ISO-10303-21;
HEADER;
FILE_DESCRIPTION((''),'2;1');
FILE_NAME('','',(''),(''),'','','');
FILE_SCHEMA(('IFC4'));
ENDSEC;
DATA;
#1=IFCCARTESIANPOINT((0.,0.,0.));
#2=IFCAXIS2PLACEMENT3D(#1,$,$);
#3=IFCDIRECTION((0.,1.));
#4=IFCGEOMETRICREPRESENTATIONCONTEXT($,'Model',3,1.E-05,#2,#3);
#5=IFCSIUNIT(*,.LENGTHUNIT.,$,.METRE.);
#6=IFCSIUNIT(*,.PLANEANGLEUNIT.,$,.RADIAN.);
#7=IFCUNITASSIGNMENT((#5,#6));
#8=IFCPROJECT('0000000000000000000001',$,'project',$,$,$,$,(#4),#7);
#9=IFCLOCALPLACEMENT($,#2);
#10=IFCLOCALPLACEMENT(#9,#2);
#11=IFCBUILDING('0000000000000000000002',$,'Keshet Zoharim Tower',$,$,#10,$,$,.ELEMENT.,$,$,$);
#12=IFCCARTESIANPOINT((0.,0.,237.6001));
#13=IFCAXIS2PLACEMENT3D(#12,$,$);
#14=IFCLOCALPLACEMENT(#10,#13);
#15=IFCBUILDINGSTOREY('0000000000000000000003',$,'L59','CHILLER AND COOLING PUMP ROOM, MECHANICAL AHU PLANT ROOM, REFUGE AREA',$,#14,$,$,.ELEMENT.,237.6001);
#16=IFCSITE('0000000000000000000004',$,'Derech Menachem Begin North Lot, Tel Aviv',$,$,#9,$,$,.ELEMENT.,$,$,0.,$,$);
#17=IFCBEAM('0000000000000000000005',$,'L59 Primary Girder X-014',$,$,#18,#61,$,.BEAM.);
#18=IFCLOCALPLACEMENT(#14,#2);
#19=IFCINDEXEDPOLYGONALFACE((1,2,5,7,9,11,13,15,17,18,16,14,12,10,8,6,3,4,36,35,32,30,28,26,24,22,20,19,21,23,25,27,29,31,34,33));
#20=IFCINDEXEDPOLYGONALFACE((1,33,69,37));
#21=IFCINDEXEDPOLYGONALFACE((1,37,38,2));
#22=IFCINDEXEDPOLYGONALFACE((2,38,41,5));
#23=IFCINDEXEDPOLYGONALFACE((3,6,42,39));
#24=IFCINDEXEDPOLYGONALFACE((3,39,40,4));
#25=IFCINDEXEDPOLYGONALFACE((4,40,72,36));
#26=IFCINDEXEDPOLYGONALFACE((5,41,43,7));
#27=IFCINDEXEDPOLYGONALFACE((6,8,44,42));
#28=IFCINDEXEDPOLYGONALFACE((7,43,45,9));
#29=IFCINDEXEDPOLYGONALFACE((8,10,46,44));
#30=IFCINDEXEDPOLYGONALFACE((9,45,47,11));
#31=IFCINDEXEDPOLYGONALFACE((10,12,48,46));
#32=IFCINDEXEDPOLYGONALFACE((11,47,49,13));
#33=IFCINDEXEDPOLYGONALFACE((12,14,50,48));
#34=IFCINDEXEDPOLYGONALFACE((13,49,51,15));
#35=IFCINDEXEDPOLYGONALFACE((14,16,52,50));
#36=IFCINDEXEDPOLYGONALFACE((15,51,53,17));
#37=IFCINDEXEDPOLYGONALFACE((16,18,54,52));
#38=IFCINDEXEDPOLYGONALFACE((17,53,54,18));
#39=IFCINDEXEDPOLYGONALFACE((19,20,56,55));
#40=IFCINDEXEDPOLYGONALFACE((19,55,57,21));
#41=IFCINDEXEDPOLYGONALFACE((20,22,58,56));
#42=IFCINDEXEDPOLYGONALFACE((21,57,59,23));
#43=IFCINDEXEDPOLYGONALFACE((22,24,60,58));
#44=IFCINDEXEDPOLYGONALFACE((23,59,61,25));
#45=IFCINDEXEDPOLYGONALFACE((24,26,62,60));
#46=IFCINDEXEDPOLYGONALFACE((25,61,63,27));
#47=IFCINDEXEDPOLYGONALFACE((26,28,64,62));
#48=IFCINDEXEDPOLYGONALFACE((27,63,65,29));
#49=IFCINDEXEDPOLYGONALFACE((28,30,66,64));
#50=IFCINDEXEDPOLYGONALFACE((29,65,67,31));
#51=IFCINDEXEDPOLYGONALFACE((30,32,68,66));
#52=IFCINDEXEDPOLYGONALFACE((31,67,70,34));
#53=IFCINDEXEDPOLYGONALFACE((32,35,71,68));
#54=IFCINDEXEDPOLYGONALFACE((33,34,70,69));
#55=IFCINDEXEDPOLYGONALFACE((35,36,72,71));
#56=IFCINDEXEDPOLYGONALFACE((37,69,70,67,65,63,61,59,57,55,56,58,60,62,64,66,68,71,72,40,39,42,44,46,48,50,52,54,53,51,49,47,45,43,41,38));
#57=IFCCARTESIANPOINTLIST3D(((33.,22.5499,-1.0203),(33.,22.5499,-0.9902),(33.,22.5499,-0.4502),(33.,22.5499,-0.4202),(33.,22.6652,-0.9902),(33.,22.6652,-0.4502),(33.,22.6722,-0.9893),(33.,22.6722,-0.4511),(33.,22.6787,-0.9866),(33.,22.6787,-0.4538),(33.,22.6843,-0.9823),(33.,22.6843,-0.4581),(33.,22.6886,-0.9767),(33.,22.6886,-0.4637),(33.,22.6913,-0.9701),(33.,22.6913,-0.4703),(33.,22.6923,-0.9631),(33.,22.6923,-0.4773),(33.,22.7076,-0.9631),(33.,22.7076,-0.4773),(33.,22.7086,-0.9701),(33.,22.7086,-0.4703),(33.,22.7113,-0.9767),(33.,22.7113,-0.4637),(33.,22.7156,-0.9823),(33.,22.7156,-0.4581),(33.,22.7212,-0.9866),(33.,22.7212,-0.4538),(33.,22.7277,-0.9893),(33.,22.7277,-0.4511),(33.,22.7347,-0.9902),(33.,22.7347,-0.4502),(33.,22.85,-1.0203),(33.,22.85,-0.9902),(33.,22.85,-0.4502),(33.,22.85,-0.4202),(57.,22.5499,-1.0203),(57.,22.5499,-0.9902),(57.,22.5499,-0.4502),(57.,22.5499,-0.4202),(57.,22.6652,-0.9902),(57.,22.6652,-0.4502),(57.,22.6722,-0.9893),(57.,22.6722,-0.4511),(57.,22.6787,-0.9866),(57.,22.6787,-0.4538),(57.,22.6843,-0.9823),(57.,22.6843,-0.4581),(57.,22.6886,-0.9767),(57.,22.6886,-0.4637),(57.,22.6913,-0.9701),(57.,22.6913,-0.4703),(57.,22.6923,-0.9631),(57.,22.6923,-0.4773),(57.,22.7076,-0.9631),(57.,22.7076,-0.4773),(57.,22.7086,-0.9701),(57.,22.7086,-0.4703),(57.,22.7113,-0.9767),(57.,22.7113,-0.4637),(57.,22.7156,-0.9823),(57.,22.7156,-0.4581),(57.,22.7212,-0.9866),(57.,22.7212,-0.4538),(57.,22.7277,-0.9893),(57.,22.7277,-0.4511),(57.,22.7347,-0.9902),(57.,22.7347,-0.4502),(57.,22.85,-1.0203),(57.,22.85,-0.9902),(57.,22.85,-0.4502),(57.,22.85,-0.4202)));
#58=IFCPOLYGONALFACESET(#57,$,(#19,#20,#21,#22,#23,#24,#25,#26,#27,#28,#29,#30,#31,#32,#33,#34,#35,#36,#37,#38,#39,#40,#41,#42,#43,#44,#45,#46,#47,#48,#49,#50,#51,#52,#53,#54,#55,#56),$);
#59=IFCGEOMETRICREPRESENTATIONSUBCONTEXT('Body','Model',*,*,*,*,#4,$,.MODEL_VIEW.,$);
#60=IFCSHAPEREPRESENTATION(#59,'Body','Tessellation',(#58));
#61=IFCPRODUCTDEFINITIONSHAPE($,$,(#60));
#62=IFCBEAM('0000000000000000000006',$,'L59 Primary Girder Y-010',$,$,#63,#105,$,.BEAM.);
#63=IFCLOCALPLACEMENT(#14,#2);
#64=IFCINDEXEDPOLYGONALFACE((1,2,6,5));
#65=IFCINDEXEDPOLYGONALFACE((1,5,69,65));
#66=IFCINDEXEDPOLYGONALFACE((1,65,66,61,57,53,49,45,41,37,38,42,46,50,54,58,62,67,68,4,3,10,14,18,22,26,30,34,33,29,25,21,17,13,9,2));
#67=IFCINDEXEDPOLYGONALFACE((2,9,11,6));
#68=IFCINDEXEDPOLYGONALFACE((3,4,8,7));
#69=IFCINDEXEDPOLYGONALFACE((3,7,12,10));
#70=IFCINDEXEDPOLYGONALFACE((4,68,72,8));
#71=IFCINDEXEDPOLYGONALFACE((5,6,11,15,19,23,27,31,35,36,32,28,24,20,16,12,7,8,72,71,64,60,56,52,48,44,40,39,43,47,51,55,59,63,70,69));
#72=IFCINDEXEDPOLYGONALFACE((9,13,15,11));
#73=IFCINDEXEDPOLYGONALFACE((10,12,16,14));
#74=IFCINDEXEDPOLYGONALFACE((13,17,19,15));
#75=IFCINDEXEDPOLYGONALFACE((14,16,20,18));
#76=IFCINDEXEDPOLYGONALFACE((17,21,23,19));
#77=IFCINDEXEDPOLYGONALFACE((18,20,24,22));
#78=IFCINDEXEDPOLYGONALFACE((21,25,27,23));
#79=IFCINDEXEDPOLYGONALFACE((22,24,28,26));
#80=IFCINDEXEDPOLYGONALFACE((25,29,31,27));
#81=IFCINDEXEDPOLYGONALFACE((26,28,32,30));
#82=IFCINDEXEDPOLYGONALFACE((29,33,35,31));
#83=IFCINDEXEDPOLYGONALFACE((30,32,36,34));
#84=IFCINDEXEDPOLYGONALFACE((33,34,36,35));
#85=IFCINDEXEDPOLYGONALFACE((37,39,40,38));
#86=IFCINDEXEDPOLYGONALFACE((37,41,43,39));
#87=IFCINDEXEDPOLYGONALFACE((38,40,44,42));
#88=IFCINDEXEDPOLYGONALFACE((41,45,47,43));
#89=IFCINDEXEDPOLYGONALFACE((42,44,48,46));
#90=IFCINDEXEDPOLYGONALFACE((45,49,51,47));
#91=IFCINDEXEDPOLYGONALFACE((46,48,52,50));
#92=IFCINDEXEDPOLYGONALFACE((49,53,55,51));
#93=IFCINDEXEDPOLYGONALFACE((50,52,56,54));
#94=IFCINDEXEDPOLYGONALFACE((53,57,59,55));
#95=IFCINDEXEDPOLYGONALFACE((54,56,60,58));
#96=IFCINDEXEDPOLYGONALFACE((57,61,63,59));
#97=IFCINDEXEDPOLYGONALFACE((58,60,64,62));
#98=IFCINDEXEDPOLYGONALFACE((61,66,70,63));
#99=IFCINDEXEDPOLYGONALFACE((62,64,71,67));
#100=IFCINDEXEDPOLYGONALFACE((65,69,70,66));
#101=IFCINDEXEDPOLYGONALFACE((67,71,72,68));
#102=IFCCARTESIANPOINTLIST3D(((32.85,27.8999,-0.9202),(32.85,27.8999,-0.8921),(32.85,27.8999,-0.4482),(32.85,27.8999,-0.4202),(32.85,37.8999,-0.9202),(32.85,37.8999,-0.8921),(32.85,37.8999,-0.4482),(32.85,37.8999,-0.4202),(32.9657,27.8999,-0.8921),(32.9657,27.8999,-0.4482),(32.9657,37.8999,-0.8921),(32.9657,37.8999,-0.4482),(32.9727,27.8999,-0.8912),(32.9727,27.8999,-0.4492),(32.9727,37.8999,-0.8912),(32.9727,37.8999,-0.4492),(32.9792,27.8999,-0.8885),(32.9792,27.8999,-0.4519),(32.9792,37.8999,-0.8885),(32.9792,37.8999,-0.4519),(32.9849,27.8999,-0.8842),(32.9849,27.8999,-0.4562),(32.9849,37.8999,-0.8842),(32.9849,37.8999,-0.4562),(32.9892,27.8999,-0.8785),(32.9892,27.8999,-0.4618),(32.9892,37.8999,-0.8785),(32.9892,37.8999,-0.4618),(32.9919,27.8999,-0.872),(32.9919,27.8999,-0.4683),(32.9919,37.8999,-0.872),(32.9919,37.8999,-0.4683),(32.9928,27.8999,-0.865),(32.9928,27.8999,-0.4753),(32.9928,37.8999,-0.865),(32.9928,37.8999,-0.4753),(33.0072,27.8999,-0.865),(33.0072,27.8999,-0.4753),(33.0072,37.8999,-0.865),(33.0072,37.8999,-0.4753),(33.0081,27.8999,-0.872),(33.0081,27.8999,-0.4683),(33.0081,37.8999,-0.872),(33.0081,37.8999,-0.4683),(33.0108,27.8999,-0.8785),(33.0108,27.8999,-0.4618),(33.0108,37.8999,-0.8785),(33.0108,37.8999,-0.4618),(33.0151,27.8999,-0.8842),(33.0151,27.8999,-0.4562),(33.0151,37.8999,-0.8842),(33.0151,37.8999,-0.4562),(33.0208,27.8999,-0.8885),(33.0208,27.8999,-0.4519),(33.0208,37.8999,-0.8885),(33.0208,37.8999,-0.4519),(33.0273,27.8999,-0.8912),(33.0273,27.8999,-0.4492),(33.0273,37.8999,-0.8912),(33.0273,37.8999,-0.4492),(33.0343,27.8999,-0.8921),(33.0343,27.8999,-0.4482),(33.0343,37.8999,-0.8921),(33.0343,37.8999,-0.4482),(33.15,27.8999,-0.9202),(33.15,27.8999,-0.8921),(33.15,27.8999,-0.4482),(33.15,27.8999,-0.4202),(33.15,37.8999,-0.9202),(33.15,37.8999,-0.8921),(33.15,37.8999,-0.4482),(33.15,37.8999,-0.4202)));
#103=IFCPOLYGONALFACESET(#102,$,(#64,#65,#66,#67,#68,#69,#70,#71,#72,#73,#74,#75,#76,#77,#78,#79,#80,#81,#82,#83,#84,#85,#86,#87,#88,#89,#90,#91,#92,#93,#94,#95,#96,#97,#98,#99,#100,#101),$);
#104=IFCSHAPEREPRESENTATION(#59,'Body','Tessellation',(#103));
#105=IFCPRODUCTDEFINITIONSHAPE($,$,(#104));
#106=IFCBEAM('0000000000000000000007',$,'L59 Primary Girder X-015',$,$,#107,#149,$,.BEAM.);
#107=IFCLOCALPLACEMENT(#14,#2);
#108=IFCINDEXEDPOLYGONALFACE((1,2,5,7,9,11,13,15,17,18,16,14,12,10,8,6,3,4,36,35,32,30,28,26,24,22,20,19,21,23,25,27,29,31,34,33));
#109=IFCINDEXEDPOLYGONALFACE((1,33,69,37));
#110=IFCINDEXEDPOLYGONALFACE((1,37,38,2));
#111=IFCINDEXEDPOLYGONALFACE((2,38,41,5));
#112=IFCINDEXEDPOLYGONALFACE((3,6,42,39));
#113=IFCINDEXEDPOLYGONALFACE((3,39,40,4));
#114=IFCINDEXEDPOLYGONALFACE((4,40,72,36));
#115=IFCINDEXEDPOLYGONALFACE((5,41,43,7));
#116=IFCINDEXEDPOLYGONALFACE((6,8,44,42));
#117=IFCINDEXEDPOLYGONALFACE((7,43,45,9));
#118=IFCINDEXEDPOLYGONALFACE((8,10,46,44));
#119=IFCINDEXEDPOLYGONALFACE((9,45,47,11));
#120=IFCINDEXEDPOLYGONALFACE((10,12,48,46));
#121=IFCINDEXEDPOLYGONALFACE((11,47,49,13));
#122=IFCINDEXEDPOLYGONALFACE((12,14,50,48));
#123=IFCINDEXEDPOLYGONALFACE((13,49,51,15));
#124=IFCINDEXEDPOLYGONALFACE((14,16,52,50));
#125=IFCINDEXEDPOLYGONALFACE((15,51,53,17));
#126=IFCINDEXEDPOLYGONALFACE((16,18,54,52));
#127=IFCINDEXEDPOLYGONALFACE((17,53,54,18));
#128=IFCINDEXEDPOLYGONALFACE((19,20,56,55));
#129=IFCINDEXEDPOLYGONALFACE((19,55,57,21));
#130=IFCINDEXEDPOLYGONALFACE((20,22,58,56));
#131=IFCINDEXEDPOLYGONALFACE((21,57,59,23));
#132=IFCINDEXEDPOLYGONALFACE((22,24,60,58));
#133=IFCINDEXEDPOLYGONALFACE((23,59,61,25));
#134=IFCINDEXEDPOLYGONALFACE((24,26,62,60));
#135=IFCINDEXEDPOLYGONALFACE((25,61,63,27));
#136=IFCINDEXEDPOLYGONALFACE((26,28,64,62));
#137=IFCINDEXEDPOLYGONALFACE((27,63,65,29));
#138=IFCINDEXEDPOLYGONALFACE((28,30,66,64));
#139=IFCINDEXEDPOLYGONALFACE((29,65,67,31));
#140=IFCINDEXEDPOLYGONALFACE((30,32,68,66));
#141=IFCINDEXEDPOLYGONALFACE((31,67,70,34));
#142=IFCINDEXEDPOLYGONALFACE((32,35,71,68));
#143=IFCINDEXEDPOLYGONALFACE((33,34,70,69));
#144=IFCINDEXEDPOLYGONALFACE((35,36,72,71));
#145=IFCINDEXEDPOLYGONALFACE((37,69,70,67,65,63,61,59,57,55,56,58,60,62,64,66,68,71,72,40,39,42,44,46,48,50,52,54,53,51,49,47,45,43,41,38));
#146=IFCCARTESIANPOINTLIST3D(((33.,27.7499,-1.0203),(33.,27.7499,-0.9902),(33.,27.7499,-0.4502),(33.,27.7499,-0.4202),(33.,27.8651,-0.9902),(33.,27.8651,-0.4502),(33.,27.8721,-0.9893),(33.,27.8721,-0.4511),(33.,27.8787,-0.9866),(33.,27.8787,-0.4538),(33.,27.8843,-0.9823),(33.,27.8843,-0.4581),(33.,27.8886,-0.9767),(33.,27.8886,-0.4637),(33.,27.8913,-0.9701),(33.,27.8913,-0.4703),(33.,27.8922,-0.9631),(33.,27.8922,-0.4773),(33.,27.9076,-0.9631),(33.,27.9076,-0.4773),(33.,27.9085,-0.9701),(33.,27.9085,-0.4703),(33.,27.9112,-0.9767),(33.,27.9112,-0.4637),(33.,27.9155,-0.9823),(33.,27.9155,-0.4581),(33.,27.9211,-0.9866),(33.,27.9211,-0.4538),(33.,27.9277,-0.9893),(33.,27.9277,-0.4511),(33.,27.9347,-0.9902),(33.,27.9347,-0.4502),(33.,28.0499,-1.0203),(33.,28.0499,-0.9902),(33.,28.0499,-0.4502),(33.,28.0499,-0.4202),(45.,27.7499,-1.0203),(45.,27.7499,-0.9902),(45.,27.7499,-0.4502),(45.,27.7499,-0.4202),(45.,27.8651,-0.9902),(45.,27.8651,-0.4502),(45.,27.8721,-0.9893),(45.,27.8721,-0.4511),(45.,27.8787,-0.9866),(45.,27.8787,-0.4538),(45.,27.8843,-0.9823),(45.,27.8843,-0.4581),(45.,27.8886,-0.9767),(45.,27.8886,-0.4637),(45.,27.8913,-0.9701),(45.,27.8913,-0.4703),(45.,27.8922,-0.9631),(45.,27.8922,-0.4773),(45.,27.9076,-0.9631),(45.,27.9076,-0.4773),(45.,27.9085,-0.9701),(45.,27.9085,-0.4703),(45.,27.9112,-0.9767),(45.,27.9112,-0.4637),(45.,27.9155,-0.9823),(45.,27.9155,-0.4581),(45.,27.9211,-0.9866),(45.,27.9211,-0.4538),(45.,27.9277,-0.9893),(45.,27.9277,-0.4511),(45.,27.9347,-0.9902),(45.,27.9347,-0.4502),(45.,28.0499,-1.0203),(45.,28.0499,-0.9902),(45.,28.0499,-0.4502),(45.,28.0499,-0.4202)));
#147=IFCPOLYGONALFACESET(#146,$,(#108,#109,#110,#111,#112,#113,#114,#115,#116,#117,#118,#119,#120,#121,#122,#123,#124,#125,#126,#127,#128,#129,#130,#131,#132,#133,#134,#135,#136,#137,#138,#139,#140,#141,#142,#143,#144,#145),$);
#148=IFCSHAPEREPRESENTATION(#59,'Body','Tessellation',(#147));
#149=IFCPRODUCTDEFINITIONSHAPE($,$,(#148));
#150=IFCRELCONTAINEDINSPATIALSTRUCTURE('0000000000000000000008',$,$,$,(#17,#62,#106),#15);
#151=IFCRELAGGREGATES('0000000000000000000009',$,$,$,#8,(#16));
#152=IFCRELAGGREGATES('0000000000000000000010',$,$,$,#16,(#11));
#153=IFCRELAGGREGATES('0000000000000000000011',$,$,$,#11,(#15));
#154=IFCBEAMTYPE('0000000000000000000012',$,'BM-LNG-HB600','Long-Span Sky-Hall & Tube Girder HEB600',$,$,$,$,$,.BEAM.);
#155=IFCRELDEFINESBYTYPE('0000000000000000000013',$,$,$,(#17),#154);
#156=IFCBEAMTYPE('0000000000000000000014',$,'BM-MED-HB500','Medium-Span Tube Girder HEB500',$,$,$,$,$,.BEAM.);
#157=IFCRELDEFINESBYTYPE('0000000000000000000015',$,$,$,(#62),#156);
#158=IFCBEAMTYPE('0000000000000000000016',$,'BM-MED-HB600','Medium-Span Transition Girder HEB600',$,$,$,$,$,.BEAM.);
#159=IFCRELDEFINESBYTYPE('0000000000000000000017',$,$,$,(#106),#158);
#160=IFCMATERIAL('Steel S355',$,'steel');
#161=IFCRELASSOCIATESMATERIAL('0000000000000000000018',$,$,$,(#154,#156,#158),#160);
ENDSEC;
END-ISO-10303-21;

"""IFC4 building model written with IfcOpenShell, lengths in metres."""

from ifc_helpers import new_model, si_unit, direction, frame, origin, origin_2d, place, context, subcontext, project, spatial, i_section, extrude, material, material_profile, profile_set, type_object, element, save


model = new_model("IFC4")

# Units and contexts
model_context = context("Model", 3, precision=1e-05, world=origin(), true_north=direction((0.0, 1.0)))
body_context = subcontext(model_context, "Body", "Model", "MODEL_VIEW")
ifc_project = project(units=[si_unit("LENGTHUNIT", "METRE"), si_unit("PLANEANGLEUNIT", "RADIAN")], contexts=[model_context])

# Site, building, storey
site_placement = place(None, origin())
site = spatial("IfcSite", under=ifc_project, at=site_placement, Name="Derech Menachem Begin North Lot, Tel Aviv", CompositionType="ELEMENT", RefElevation=0.0)
building_placement = place(site_placement, origin())
building = spatial("IfcBuilding", under=site, at=building_placement, Name="Keshet Zoharim Tower", CompositionType="ELEMENT")
storey_placement = place(building_placement, frame((0.0, 0.0, 237.6001)))
storey = spatial("IfcBuildingStorey", under=building, at=storey_placement, Name="L59", Description="CHILLER AND COOLING PUMP ROOM, MECHANICAL AHU PLANT ROOM, REFUGE AREA", CompositionType="ELEMENT", Elevation=237.6001)

# Shared definitions
ifc_material_1 = material(Name="Steel S355", Category="steel")

# Beams
ifc_material_profile_1 = material_profile(ifc_material_1, i_section(OverallWidth=0.3, OverallDepth=0.6001, WebThickness=0.0154, FlangeThickness=0.03, FilletRadius=0.0271, at=origin_2d()), Name="HEB600")
ifc_profile_set_1 = profile_set([ifc_material_profile_1], Name="Steel S355")
beam_type_1 = type_object("IfcBeamType", Name="BM-LNG-HB600", Description="Long-Span Sky-Hall & Tube Girder HEB600", PredefinedType="BEAM", material=ifc_profile_set_1)
beam_1_placement = place(storey_placement, frame((33.0, 22.7, -0.7202), z_axis=(1.0, 0.0, 0.0), x_axis=(0.0, 1.0, 0.0)))
element("IfcBeam", 1, at=beam_1_placement, inside=storey, type_object=beam_type_1, Name="L59 Primary Girder X-014", PredefinedType="BEAM", context=body_context, shape_type="SweptSolid", body=[
    extrude(i_section(OverallWidth=0.3, OverallDepth=0.6001, WebThickness=0.0154, FlangeThickness=0.03, FilletRadius=0.0271, at=origin_2d()), origin(), (0.0, 0.0, 1.0), 24.0),
])
ifc_material_profile_2 = material_profile(ifc_material_1, i_section(OverallWidth=0.3, OverallDepth=0.5, WebThickness=0.0144, FlangeThickness=0.0281, FilletRadius=0.0271, at=origin_2d()), Name="HEB500")
ifc_profile_set_2 = profile_set([ifc_material_profile_2], Name="Steel S355")
beam_type_2 = type_object("IfcBeamType", Name="BM-MED-HB500", Description="Medium-Span Tube Girder HEB500", PredefinedType="BEAM", material=ifc_profile_set_2)
beam_2_placement = place(storey_placement, frame((33.0, 27.8999, -0.6702), z_axis=(0.0, 1.0, 0.0), x_axis=(-1.0, 0.0, 0.0)))
element("IfcBeam", 2, at=beam_2_placement, inside=storey, type_object=beam_type_2, Name="L59 Primary Girder Y-010", PredefinedType="BEAM", context=body_context, shape_type="SweptSolid", body=[
    extrude(i_section(OverallWidth=0.3, OverallDepth=0.5, WebThickness=0.0144, FlangeThickness=0.0281, FilletRadius=0.0271, at=origin_2d()), origin(), (0.0, 0.0, 1.0), 10.0),
])
ifc_material_profile_3 = material_profile(ifc_material_1, i_section(OverallWidth=0.3, OverallDepth=0.6001, WebThickness=0.0154, FlangeThickness=0.03, FilletRadius=0.0271, at=origin_2d()), Name="HEB600")
ifc_profile_set_3 = profile_set([ifc_material_profile_3], Name="Steel S355")
beam_type_3 = type_object("IfcBeamType", Name="BM-MED-HB600", Description="Medium-Span Transition Girder HEB600", PredefinedType="BEAM", material=ifc_profile_set_3)
beam_3_placement = place(storey_placement, frame((33.0, 27.8999, -0.7202), z_axis=(1.0, 0.0, 0.0), x_axis=(0.0, 1.0, 0.0)))
element("IfcBeam", 3, at=beam_3_placement, inside=storey, type_object=beam_type_3, Name="L59 Primary Girder X-015", PredefinedType="BEAM", context=body_context, shape_type="SweptSolid", body=[
    extrude(i_section(OverallWidth=0.3, OverallDepth=0.6001, WebThickness=0.0154, FlangeThickness=0.03, FilletRadius=0.0271, at=origin_2d()), origin(), (0.0, 0.0, 1.0), 12.0),
])

save(model, "model.ifc")
